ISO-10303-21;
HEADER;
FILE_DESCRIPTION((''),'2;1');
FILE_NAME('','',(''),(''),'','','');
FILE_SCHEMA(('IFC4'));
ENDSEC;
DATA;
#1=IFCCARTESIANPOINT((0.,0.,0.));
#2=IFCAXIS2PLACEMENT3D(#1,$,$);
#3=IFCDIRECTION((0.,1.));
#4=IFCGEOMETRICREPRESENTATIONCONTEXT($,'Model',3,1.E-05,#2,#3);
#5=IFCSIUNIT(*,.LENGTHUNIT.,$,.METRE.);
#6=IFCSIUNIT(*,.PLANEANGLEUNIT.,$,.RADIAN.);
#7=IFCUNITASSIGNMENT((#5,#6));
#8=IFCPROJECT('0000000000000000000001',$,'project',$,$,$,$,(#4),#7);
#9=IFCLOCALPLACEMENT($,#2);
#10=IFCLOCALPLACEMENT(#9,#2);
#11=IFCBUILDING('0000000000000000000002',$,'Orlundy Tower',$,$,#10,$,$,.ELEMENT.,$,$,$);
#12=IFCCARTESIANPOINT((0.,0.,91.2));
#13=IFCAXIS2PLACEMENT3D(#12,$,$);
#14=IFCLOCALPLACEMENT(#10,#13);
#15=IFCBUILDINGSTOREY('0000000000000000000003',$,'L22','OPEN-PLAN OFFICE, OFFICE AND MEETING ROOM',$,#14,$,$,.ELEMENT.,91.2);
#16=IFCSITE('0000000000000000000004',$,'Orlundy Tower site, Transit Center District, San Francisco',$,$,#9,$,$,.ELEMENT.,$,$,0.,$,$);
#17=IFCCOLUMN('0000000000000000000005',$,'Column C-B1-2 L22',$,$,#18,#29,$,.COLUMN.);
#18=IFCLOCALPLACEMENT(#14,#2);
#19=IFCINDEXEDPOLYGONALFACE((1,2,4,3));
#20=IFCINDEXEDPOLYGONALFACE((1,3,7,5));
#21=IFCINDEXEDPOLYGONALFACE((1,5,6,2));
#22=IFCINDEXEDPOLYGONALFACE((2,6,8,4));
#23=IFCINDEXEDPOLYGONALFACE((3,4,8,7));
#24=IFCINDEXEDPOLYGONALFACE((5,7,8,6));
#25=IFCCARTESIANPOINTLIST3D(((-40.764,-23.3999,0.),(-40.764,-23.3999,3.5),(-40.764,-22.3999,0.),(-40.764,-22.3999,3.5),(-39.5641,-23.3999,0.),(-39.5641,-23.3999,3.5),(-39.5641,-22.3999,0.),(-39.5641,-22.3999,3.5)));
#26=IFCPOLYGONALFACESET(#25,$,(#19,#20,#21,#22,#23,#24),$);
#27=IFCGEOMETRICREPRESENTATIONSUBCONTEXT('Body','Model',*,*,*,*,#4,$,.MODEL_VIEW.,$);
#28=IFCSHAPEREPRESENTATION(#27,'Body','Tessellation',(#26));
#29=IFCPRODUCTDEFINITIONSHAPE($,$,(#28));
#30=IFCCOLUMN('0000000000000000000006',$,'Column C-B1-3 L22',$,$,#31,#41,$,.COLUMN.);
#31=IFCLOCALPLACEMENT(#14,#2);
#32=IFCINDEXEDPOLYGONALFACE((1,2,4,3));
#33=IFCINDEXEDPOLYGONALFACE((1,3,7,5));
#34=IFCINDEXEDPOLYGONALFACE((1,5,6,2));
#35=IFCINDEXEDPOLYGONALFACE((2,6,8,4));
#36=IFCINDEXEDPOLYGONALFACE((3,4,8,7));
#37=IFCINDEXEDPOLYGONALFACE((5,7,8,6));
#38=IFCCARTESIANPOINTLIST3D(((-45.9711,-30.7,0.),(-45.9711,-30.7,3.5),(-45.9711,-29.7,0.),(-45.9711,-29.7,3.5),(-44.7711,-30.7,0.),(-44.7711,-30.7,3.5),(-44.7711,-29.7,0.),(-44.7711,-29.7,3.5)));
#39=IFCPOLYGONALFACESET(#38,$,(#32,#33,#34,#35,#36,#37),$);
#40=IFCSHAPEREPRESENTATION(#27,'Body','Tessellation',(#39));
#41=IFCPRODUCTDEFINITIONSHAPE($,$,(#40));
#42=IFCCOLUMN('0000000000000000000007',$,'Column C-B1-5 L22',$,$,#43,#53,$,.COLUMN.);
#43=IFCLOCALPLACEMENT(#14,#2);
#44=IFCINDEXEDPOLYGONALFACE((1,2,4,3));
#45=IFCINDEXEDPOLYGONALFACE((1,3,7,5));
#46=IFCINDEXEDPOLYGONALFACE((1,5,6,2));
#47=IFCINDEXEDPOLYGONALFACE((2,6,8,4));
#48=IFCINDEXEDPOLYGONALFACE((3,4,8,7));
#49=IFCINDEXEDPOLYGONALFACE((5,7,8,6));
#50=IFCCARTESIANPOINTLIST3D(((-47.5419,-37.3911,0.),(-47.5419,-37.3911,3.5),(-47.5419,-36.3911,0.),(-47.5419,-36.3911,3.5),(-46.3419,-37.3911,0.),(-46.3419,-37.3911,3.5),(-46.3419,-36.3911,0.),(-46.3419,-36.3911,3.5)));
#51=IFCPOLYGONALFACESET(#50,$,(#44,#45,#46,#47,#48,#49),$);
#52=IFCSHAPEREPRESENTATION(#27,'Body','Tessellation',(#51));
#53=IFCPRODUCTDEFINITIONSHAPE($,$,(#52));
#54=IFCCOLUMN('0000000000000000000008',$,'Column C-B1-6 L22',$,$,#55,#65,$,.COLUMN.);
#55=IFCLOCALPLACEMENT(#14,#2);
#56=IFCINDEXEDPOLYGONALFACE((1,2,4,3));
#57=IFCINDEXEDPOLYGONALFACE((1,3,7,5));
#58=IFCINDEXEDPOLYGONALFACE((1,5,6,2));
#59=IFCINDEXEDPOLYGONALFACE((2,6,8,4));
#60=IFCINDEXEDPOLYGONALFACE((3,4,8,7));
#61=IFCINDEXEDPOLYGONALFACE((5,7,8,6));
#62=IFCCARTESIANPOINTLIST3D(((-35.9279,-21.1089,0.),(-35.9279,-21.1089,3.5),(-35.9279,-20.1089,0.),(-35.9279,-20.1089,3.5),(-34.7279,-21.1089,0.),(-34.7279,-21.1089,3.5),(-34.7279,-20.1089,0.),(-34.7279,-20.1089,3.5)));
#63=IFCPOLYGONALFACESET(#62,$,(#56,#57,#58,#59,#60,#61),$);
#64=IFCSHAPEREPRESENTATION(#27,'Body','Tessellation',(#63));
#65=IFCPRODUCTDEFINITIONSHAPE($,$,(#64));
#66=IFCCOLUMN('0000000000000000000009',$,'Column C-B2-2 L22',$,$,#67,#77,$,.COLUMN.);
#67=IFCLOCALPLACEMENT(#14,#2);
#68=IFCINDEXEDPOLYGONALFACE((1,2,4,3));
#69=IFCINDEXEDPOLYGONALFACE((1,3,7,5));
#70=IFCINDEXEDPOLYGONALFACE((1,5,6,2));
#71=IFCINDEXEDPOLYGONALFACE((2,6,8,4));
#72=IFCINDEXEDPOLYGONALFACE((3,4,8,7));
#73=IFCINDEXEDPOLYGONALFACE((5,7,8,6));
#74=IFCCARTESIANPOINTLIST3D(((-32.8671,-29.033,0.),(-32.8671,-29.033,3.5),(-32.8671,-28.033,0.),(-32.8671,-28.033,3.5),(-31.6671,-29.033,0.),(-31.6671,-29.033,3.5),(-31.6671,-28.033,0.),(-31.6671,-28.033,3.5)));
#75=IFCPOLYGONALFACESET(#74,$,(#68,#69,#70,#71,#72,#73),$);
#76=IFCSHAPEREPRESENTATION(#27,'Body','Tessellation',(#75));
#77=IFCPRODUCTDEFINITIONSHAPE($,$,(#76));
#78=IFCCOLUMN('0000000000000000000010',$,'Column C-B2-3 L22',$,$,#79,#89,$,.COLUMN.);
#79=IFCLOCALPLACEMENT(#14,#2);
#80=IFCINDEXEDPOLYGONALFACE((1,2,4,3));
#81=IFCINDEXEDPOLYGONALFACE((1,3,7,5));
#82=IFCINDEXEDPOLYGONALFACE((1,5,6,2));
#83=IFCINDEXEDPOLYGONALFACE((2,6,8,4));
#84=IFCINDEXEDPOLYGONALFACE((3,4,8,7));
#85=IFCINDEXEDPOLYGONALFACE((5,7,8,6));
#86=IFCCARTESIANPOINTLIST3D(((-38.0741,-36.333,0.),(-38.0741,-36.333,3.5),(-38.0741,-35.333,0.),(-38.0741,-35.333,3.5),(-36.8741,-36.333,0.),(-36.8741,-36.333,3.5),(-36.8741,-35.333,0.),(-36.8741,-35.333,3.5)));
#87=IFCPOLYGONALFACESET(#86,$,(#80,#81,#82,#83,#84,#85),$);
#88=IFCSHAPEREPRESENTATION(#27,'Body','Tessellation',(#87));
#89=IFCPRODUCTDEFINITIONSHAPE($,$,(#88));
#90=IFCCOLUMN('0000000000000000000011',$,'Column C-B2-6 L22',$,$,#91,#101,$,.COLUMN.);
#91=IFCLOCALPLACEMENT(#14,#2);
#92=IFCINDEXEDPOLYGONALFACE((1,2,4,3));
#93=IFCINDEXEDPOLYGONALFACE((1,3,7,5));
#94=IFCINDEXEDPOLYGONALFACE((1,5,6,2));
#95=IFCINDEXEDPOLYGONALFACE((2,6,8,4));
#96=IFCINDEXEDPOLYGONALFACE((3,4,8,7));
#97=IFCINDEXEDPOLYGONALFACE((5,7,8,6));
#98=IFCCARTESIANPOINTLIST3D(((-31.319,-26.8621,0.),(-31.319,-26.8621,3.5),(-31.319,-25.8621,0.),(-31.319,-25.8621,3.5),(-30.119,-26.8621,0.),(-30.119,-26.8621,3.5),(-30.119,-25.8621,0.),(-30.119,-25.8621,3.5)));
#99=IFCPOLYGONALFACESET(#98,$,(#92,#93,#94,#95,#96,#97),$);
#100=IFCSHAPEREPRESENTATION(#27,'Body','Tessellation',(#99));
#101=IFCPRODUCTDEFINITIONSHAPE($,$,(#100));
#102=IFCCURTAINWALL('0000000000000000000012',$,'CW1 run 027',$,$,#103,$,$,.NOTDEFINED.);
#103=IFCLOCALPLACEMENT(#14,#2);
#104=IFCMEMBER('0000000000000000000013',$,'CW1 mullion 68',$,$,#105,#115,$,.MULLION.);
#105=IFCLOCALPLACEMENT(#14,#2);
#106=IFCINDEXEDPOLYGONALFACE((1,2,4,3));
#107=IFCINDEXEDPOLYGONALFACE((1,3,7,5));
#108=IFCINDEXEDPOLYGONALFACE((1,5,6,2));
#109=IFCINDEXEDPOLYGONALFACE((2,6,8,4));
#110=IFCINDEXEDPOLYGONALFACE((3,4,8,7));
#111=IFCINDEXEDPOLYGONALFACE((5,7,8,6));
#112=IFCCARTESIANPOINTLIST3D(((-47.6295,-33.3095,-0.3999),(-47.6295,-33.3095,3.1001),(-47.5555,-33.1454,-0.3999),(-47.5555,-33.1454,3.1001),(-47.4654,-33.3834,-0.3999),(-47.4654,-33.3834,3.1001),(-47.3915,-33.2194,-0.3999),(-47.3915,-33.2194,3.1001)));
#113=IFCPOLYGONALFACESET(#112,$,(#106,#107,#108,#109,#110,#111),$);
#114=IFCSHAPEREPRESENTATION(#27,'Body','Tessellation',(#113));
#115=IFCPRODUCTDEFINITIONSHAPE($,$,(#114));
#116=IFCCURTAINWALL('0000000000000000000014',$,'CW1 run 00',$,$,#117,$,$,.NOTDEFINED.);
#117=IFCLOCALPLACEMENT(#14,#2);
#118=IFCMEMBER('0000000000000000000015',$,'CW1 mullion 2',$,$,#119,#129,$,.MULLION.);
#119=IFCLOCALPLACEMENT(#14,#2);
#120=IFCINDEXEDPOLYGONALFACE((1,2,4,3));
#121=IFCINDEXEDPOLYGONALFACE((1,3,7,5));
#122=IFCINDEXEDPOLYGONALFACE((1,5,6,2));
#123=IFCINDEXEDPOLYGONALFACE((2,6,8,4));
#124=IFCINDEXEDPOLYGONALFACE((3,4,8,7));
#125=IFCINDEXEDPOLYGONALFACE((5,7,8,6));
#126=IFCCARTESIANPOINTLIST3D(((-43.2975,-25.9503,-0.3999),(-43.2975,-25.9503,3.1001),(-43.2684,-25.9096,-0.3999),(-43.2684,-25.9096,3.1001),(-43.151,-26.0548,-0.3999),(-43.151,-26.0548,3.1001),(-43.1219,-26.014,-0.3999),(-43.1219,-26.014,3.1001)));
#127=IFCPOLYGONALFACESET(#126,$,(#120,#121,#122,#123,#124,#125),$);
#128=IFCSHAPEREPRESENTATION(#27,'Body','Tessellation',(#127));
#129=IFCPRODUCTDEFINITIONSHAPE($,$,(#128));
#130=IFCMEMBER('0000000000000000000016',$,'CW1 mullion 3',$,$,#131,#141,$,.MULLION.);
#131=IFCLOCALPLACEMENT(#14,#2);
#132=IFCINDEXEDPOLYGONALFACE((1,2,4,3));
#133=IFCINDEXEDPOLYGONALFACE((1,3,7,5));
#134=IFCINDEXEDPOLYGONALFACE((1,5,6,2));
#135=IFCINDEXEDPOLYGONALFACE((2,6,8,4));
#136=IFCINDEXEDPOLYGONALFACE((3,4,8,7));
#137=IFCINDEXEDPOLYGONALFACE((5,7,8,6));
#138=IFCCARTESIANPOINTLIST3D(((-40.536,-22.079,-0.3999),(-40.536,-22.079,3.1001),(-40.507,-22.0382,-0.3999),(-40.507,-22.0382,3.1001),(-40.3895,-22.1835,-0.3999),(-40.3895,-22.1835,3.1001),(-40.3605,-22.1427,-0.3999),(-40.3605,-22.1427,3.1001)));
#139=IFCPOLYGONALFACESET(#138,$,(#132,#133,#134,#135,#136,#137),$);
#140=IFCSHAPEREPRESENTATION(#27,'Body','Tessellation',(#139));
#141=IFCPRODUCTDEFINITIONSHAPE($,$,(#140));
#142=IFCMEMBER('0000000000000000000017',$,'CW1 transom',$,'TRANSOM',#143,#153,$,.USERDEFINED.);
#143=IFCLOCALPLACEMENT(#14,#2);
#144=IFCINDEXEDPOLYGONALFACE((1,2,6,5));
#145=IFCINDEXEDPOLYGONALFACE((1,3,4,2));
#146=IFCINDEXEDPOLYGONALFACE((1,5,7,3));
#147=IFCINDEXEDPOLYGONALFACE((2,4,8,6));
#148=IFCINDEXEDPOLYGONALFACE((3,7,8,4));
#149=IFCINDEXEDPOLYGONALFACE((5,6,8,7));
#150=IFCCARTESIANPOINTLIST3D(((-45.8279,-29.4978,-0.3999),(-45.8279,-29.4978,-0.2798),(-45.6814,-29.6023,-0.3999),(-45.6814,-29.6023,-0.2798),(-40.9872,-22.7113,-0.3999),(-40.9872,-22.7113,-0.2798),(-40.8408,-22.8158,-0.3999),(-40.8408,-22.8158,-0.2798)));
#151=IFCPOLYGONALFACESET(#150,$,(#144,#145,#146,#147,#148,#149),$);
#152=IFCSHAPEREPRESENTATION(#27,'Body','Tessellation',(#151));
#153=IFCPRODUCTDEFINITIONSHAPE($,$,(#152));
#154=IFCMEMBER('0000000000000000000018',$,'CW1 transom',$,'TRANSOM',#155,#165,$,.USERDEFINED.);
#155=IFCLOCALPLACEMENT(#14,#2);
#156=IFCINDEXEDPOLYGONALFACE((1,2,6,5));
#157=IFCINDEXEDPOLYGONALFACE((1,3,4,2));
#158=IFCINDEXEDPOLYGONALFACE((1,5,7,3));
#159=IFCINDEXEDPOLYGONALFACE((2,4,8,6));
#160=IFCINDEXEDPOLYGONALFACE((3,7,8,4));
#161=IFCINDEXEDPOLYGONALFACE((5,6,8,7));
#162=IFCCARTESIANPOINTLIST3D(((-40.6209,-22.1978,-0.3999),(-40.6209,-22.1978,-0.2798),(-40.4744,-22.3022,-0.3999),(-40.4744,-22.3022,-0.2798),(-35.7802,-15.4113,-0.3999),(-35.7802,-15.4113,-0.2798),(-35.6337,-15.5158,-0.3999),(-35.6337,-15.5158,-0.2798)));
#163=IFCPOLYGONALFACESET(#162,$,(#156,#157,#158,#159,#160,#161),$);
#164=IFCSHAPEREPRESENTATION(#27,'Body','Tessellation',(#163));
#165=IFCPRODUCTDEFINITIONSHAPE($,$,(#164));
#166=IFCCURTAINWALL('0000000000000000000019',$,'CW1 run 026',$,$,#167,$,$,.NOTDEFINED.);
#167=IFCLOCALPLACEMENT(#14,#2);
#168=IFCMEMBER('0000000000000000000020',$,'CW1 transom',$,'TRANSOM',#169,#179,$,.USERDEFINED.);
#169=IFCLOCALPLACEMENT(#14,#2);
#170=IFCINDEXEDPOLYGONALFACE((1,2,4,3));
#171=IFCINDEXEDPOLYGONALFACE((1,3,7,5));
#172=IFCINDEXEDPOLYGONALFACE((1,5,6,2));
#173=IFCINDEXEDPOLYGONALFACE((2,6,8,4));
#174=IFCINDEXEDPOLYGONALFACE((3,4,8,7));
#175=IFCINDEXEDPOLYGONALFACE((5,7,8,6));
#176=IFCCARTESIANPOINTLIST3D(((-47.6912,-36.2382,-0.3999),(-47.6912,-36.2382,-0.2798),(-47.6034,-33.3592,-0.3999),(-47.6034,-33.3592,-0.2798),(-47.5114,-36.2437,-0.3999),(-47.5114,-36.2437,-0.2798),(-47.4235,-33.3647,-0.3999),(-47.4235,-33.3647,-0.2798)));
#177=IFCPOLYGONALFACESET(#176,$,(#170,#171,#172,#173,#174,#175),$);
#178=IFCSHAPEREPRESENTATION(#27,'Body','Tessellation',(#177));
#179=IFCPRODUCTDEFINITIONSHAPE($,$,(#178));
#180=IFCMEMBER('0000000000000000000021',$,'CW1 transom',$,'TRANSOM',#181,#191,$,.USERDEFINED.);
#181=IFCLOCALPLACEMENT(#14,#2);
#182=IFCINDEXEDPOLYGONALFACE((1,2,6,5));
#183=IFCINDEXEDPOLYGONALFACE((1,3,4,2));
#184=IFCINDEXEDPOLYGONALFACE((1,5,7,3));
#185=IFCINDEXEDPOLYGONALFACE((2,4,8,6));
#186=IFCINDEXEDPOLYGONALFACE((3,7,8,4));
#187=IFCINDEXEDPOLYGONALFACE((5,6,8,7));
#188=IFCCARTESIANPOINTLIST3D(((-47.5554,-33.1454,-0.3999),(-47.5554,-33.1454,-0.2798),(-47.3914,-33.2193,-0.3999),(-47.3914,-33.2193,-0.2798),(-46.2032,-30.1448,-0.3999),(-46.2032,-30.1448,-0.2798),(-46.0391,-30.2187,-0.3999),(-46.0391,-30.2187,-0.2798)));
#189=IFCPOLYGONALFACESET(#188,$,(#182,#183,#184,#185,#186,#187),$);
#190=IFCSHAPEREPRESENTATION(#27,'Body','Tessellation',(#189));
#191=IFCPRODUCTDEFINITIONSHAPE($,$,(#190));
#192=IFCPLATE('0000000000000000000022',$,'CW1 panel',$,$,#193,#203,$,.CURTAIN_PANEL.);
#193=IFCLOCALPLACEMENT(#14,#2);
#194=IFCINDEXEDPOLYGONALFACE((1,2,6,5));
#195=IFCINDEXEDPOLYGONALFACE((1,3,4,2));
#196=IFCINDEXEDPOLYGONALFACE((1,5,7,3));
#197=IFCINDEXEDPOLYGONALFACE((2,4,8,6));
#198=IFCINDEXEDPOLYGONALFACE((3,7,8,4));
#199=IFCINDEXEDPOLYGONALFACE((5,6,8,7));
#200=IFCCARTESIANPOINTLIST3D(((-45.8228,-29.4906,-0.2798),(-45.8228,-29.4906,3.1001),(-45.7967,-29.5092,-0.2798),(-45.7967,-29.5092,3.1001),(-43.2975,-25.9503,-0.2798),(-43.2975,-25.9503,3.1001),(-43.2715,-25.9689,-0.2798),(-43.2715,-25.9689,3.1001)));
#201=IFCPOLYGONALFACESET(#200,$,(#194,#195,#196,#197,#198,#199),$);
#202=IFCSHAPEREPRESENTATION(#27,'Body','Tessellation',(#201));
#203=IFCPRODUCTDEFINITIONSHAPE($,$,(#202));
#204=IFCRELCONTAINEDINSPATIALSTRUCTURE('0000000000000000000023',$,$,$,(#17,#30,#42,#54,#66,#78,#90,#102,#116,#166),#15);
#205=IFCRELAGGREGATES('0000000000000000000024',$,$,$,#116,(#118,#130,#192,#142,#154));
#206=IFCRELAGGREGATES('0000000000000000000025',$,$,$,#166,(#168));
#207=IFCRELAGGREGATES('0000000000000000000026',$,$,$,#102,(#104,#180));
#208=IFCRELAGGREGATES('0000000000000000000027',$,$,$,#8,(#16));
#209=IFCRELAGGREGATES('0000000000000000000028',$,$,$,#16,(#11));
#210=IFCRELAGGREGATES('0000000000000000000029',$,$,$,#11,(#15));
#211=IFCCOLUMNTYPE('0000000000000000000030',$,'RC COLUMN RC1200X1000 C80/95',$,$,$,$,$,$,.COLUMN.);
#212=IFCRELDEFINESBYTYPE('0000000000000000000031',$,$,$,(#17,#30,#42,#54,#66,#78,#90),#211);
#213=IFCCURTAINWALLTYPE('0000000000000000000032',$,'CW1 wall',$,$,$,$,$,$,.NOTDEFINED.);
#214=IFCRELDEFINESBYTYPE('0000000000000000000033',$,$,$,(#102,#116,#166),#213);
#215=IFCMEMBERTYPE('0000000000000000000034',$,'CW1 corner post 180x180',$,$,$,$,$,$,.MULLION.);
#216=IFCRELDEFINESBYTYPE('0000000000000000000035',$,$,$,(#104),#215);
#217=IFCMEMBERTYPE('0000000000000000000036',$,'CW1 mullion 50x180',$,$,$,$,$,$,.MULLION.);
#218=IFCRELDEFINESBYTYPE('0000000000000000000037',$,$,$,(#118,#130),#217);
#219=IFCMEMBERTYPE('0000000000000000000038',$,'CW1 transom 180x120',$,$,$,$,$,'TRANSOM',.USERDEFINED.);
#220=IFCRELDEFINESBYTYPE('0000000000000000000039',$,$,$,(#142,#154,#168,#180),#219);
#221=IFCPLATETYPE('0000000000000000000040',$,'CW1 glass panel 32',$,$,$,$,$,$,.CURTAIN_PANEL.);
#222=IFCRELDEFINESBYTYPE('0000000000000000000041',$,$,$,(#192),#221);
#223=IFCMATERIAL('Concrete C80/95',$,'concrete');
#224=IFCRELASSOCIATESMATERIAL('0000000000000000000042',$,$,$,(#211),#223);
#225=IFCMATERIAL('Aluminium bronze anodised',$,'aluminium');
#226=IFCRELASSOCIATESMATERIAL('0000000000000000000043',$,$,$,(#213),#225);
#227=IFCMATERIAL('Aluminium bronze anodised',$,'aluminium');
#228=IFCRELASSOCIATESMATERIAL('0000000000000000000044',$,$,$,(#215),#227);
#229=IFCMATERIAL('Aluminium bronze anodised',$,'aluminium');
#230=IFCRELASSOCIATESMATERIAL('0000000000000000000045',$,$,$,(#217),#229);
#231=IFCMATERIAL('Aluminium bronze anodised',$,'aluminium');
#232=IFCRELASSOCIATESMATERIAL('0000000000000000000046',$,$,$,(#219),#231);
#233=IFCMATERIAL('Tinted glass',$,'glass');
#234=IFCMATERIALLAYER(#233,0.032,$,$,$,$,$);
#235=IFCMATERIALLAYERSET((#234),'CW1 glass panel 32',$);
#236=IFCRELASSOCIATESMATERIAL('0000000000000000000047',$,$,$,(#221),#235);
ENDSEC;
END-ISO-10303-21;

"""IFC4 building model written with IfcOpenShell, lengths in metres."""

from ifc_helpers import new_model, si_unit, direction, frame, origin, origin_2d, place, context, subcontext, project, spatial, rectangle, extrude, material, layer, layer_set, material_profile, profile_set, type_object, element, aggregate, save


model = new_model("IFC4")

# Units and contexts
model_context = context("Model", 3, precision=1e-05, world=origin(), true_north=direction((0.0, 1.0)))
body_context = subcontext(model_context, "Body", "Model", "MODEL_VIEW")
ifc_project = project(units=[si_unit("LENGTHUNIT", "METRE"), si_unit("PLANEANGLEUNIT", "RADIAN")], contexts=[model_context])

# Site, building, storey
site_placement = place(None, origin())
site = spatial("IfcSite", under=ifc_project, at=site_placement, Name="Orlundy Tower site, Transit Center District, San Francisco", CompositionType="ELEMENT", RefElevation=0.0)
building_placement = place(site_placement, origin())
building = spatial("IfcBuilding", under=site, at=building_placement, Name="Orlundy Tower", CompositionType="ELEMENT")
storey_placement = place(building_placement, frame((0.0, 0.0, 91.2)))
storey = spatial("IfcBuildingStorey", under=building, at=storey_placement, Name="L22", Description="OPEN-PLAN OFFICE, OFFICE AND MEETING ROOM", CompositionType="ELEMENT", Elevation=91.2)

# Columns
ifc_material_1 = material(Name="Concrete C80/95", Category="concrete")
ifc_material_profile_1 = material_profile(ifc_material_1, rectangle(XDim=1.2, YDim=1.0, at=origin_2d()), Name="RC1200X1000")
ifc_profile_set_1 = profile_set([ifc_material_profile_1], Name="Concrete C80/95")
column_type = type_object("IfcColumnType", Name="RC COLUMN RC1200X1000 C80/95", PredefinedType="COLUMN", material=ifc_profile_set_1)
for number, where, z_axis, x_axis, name in (
    (1, (-40.1641, -22.8999, 0.0), (0.0, 0.0, 1.0), (1.0, 0.0, 0.0), "Column C-B1-2 L22"),
    (2, (-45.3711, -30.2, 0.0), (0.0, 0.0, 1.0), (1.0, 0.0, 0.0), "Column C-B1-3 L22"),
    (3, (-46.9419, -36.8911, 0.0), (0.0, 0.0, 1.0), (1.0, 0.0, 0.0), "Column C-B1-5 L22"),
    (4, (-35.3279, -20.6089, 0.0), (0.0, 0.0, 1.0), (1.0, 0.0, 0.0), "Column C-B1-6 L22"),
    (5, (-32.2671, -28.533, 0.0), (0.0, 0.0, 1.0), (1.0, 0.0, 0.0), "Column C-B2-2 L22"),
    (6, (-37.4741, -35.833, 0.0), (0.0, 0.0, 1.0), (1.0, 0.0, 0.0), "Column C-B2-3 L22"),
    (7, (-30.719, -26.3621, 0.0), (0.0, 0.0, 1.0), (1.0, 0.0, 0.0), "Column C-B2-6 L22"),
):
    element("IfcColumn", number, at=place(storey_placement, frame(where, z_axis=z_axis, x_axis=x_axis)), inside=storey, type_object=column_type, Name=name, PredefinedType="COLUMN", context=body_context, shape_type="SweptSolid", body=[
        extrude(rectangle(XDim=1.2, YDim=1.0, at=origin_2d()), origin(), (0.0, 0.0, 1.0), 3.5),
    ])

# Curtain wall, member
ifc_material_2 = material(Name="Aluminium bronze anodised", Category="aluminium")
curtain_wall_type = type_object("IfcCurtainWallType", Name="CW1 wall", PredefinedType="NOTDEFINED", material=ifc_material_2)
curtain_wall_1_placement = place(storey_placement, origin())
curtain_wall_1 = element("IfcCurtainWall", 8, at=curtain_wall_1_placement, inside=storey, type_object=curtain_wall_type, Name="CW1 run 027", PredefinedType="NOTDEFINED")
ifc_material_3 = material(Name="Aluminium bronze anodised", Category="aluminium")
ifc_material_profile_2 = material_profile(ifc_material_3, rectangle(XDim=0.1799, YDim=0.1799, at=origin_2d()), Name="CW1 corner post 180x180")
ifc_profile_set_2 = profile_set([ifc_material_profile_2], Name="Aluminium bronze anodised")
member_type_1 = type_object("IfcMemberType", Name="CW1 corner post 180x180", PredefinedType="MULLION", material=ifc_profile_set_2)
member_1_placement = place(storey_placement, frame((-47.5105, -33.2644, -0.3999), z_axis=(0.0, 0.0, 1.0), x_axis=(-0.911674, 0.410914, 0.0)))
member_1 = element("IfcMember", 9, at=member_1_placement, type_object=member_type_1, Name="CW1 mullion 68", PredefinedType="MULLION", context=body_context, shape_type="SweptSolid", body=[
    extrude(rectangle(XDim=0.1799, YDim=0.1799, at=origin_2d()), origin(), (0.0, 0.0, 1.0), 3.5),
])

# Curtain wall, members
curtain_wall_2_placement = place(storey_placement, origin())
curtain_wall_2 = element("IfcCurtainWall", 10, at=curtain_wall_2_placement, inside=storey, type_object=curtain_wall_type, Name="CW1 run 00", PredefinedType="NOTDEFINED")
ifc_material_4 = material(Name="Aluminium bronze anodised", Category="aluminium")
ifc_material_profile_3 = material_profile(ifc_material_4, rectangle(XDim=0.1799, YDim=0.05, at=origin_2d()), Name="CW1 mullion 50x180")
ifc_profile_set_3 = profile_set([ifc_material_profile_3], Name="Aluminium bronze anodised")
member_type_2 = type_object("IfcMemberType", Name="CW1 mullion 50x180", PredefinedType="MULLION", material=ifc_profile_set_3)
member_2_placement = place(storey_placement, frame((-43.2097, -25.9822, -0.3999), z_axis=(0.0, 0.0, 1.0), x_axis=(-0.814117, 0.580701, 0.0)))
member_2 = element("IfcMember", 11, at=member_2_placement, type_object=member_type_2, Name="CW1 mullion 2", PredefinedType="MULLION", context=body_context, shape_type="SweptSolid", body=[
    extrude(rectangle(XDim=0.1799, YDim=0.05, at=origin_2d()), origin(), (0.0, 0.0, 1.0), 3.5),
])
member_3_placement = place(storey_placement, frame((-40.4482, -22.1108, -0.3999), z_axis=(0.0, 0.0, 1.0), x_axis=(-0.814117, 0.580701, 0.0)))
member_3 = element("IfcMember", 12, at=member_3_placement, type_object=member_type_2, Name="CW1 mullion 3", PredefinedType="MULLION", context=body_context, shape_type="SweptSolid", body=[
    extrude(rectangle(XDim=0.1799, YDim=0.05, at=origin_2d()), origin(), (0.0, 0.0, 1.0), 3.5),
])
ifc_material_5 = material(Name="Aluminium bronze anodised", Category="aluminium")
ifc_material_profile_4 = material_profile(ifc_material_5, rectangle(XDim=0.1799, YDim=0.1201, at=origin_2d()), Name="CW1 transom 180x120")
ifc_profile_set_4 = profile_set([ifc_material_profile_4], Name="Aluminium bronze anodised")
member_type_3 = type_object("IfcMemberType", Name="CW1 transom 180x120", ElementType="TRANSOM", PredefinedType="USERDEFINED", material=ifc_profile_set_4)
member_4_placement = place(storey_placement, frame((-45.7546, -29.55, -0.3398), z_axis=(0.580695, 0.814121, 0.0), x_axis=(-0.814121, 0.580695, 0.0)))
member_4 = element("IfcMember", 13, at=member_4_placement, type_object=member_type_3, Name="CW1 transom", ObjectType="TRANSOM", PredefinedType="USERDEFINED", context=body_context, shape_type="SweptSolid", body=[
    extrude(rectangle(XDim=0.1799, YDim=0.1201, at=origin_2d()), origin(), (0.0, 0.0, 1.0), 8.3359),
])
member_5_placement = place(storey_placement, frame((-40.5476, -22.25, -0.3398), z_axis=(0.580695, 0.814121, 0.0), x_axis=(-0.814121, 0.580695, 0.0)))
member_5 = element("IfcMember", 14, at=member_5_placement, type_object=member_type_3, Name="CW1 transom", ObjectType="TRANSOM", PredefinedType="USERDEFINED", context=body_context, shape_type="SweptSolid", body=[
    extrude(rectangle(XDim=0.1799, YDim=0.1201, at=origin_2d()), origin(), (0.0, 0.0, 1.0), 8.3359),
])

# Curtain wall, member
curtain_wall_3_placement = place(storey_placement, origin())
curtain_wall_3 = element("IfcCurtainWall", 15, at=curtain_wall_3_placement, inside=storey, type_object=curtain_wall_type, Name="CW1 run 026", PredefinedType="NOTDEFINED")
member_6_placement = place(storey_placement, frame((-47.6013, -36.241, -0.3398), z_axis=(0.030512, 0.999534, 0.0), x_axis=(-0.999534, 0.030512, 0.0)))
member_6 = element("IfcMember", 16, at=member_6_placement, type_object=member_type_3, Name="CW1 transom", ObjectType="TRANSOM", PredefinedType="USERDEFINED", context=body_context, shape_type="SweptSolid", body=[
    extrude(rectangle(XDim=0.1799, YDim=0.1201, at=origin_2d()), origin(), (0.0, 0.0, 1.0), 2.8804),
])

# Member
member_7_placement = place(storey_placement, frame((-47.4734, -33.1824, -0.3398), z_axis=(0.410861, 0.911698, 0.0), x_axis=(-0.911698, 0.410861, 0.0)))
member_7 = element("IfcMember", 17, at=member_7_placement, type_object=member_type_3, Name="CW1 transom", ObjectType="TRANSOM", PredefinedType="USERDEFINED", context=body_context, shape_type="SweptSolid", body=[
    extrude(rectangle(XDim=0.1799, YDim=0.1201, at=origin_2d()), origin(), (0.0, 0.0, 1.0), 3.2913),
])

# Plate
ifc_material_6 = material(Name="Tinted glass", Category="glass")
ifc_layer_1 = layer(ifc_material_6, 0.032)
ifc_layer_set_1 = layer_set([ifc_layer_1], Name="CW1 glass panel 32")
plate_type = type_object("IfcPlateType", Name="CW1 glass panel 32", PredefinedType="CURTAIN_PANEL", material=ifc_layer_set_1)
plate_1_placement = place(storey_placement, frame((-44.5471, -27.7297, -0.2798), z_axis=(0.0, 0.0, 1.0), x_axis=(0.580701, 0.814117, 0.0)))
plate_1 = element("IfcPlate", 18, at=plate_1_placement, type_object=plate_type, Name="CW1 panel", PredefinedType="CURTAIN_PANEL", context=body_context, shape_type="SweptSolid", body=[
    extrude(rectangle(XDim=4.3486, YDim=0.032, at=origin_2d()), origin(), (0.0, 0.0, 1.0), 3.3799),
])
aggregate(curtain_wall_2, [member_2, member_3, plate_1, member_4, member_5])

aggregate(curtain_wall_3, [member_6])
aggregate(curtain_wall_1, [member_1, member_7])

save(model, "model.ifc")
